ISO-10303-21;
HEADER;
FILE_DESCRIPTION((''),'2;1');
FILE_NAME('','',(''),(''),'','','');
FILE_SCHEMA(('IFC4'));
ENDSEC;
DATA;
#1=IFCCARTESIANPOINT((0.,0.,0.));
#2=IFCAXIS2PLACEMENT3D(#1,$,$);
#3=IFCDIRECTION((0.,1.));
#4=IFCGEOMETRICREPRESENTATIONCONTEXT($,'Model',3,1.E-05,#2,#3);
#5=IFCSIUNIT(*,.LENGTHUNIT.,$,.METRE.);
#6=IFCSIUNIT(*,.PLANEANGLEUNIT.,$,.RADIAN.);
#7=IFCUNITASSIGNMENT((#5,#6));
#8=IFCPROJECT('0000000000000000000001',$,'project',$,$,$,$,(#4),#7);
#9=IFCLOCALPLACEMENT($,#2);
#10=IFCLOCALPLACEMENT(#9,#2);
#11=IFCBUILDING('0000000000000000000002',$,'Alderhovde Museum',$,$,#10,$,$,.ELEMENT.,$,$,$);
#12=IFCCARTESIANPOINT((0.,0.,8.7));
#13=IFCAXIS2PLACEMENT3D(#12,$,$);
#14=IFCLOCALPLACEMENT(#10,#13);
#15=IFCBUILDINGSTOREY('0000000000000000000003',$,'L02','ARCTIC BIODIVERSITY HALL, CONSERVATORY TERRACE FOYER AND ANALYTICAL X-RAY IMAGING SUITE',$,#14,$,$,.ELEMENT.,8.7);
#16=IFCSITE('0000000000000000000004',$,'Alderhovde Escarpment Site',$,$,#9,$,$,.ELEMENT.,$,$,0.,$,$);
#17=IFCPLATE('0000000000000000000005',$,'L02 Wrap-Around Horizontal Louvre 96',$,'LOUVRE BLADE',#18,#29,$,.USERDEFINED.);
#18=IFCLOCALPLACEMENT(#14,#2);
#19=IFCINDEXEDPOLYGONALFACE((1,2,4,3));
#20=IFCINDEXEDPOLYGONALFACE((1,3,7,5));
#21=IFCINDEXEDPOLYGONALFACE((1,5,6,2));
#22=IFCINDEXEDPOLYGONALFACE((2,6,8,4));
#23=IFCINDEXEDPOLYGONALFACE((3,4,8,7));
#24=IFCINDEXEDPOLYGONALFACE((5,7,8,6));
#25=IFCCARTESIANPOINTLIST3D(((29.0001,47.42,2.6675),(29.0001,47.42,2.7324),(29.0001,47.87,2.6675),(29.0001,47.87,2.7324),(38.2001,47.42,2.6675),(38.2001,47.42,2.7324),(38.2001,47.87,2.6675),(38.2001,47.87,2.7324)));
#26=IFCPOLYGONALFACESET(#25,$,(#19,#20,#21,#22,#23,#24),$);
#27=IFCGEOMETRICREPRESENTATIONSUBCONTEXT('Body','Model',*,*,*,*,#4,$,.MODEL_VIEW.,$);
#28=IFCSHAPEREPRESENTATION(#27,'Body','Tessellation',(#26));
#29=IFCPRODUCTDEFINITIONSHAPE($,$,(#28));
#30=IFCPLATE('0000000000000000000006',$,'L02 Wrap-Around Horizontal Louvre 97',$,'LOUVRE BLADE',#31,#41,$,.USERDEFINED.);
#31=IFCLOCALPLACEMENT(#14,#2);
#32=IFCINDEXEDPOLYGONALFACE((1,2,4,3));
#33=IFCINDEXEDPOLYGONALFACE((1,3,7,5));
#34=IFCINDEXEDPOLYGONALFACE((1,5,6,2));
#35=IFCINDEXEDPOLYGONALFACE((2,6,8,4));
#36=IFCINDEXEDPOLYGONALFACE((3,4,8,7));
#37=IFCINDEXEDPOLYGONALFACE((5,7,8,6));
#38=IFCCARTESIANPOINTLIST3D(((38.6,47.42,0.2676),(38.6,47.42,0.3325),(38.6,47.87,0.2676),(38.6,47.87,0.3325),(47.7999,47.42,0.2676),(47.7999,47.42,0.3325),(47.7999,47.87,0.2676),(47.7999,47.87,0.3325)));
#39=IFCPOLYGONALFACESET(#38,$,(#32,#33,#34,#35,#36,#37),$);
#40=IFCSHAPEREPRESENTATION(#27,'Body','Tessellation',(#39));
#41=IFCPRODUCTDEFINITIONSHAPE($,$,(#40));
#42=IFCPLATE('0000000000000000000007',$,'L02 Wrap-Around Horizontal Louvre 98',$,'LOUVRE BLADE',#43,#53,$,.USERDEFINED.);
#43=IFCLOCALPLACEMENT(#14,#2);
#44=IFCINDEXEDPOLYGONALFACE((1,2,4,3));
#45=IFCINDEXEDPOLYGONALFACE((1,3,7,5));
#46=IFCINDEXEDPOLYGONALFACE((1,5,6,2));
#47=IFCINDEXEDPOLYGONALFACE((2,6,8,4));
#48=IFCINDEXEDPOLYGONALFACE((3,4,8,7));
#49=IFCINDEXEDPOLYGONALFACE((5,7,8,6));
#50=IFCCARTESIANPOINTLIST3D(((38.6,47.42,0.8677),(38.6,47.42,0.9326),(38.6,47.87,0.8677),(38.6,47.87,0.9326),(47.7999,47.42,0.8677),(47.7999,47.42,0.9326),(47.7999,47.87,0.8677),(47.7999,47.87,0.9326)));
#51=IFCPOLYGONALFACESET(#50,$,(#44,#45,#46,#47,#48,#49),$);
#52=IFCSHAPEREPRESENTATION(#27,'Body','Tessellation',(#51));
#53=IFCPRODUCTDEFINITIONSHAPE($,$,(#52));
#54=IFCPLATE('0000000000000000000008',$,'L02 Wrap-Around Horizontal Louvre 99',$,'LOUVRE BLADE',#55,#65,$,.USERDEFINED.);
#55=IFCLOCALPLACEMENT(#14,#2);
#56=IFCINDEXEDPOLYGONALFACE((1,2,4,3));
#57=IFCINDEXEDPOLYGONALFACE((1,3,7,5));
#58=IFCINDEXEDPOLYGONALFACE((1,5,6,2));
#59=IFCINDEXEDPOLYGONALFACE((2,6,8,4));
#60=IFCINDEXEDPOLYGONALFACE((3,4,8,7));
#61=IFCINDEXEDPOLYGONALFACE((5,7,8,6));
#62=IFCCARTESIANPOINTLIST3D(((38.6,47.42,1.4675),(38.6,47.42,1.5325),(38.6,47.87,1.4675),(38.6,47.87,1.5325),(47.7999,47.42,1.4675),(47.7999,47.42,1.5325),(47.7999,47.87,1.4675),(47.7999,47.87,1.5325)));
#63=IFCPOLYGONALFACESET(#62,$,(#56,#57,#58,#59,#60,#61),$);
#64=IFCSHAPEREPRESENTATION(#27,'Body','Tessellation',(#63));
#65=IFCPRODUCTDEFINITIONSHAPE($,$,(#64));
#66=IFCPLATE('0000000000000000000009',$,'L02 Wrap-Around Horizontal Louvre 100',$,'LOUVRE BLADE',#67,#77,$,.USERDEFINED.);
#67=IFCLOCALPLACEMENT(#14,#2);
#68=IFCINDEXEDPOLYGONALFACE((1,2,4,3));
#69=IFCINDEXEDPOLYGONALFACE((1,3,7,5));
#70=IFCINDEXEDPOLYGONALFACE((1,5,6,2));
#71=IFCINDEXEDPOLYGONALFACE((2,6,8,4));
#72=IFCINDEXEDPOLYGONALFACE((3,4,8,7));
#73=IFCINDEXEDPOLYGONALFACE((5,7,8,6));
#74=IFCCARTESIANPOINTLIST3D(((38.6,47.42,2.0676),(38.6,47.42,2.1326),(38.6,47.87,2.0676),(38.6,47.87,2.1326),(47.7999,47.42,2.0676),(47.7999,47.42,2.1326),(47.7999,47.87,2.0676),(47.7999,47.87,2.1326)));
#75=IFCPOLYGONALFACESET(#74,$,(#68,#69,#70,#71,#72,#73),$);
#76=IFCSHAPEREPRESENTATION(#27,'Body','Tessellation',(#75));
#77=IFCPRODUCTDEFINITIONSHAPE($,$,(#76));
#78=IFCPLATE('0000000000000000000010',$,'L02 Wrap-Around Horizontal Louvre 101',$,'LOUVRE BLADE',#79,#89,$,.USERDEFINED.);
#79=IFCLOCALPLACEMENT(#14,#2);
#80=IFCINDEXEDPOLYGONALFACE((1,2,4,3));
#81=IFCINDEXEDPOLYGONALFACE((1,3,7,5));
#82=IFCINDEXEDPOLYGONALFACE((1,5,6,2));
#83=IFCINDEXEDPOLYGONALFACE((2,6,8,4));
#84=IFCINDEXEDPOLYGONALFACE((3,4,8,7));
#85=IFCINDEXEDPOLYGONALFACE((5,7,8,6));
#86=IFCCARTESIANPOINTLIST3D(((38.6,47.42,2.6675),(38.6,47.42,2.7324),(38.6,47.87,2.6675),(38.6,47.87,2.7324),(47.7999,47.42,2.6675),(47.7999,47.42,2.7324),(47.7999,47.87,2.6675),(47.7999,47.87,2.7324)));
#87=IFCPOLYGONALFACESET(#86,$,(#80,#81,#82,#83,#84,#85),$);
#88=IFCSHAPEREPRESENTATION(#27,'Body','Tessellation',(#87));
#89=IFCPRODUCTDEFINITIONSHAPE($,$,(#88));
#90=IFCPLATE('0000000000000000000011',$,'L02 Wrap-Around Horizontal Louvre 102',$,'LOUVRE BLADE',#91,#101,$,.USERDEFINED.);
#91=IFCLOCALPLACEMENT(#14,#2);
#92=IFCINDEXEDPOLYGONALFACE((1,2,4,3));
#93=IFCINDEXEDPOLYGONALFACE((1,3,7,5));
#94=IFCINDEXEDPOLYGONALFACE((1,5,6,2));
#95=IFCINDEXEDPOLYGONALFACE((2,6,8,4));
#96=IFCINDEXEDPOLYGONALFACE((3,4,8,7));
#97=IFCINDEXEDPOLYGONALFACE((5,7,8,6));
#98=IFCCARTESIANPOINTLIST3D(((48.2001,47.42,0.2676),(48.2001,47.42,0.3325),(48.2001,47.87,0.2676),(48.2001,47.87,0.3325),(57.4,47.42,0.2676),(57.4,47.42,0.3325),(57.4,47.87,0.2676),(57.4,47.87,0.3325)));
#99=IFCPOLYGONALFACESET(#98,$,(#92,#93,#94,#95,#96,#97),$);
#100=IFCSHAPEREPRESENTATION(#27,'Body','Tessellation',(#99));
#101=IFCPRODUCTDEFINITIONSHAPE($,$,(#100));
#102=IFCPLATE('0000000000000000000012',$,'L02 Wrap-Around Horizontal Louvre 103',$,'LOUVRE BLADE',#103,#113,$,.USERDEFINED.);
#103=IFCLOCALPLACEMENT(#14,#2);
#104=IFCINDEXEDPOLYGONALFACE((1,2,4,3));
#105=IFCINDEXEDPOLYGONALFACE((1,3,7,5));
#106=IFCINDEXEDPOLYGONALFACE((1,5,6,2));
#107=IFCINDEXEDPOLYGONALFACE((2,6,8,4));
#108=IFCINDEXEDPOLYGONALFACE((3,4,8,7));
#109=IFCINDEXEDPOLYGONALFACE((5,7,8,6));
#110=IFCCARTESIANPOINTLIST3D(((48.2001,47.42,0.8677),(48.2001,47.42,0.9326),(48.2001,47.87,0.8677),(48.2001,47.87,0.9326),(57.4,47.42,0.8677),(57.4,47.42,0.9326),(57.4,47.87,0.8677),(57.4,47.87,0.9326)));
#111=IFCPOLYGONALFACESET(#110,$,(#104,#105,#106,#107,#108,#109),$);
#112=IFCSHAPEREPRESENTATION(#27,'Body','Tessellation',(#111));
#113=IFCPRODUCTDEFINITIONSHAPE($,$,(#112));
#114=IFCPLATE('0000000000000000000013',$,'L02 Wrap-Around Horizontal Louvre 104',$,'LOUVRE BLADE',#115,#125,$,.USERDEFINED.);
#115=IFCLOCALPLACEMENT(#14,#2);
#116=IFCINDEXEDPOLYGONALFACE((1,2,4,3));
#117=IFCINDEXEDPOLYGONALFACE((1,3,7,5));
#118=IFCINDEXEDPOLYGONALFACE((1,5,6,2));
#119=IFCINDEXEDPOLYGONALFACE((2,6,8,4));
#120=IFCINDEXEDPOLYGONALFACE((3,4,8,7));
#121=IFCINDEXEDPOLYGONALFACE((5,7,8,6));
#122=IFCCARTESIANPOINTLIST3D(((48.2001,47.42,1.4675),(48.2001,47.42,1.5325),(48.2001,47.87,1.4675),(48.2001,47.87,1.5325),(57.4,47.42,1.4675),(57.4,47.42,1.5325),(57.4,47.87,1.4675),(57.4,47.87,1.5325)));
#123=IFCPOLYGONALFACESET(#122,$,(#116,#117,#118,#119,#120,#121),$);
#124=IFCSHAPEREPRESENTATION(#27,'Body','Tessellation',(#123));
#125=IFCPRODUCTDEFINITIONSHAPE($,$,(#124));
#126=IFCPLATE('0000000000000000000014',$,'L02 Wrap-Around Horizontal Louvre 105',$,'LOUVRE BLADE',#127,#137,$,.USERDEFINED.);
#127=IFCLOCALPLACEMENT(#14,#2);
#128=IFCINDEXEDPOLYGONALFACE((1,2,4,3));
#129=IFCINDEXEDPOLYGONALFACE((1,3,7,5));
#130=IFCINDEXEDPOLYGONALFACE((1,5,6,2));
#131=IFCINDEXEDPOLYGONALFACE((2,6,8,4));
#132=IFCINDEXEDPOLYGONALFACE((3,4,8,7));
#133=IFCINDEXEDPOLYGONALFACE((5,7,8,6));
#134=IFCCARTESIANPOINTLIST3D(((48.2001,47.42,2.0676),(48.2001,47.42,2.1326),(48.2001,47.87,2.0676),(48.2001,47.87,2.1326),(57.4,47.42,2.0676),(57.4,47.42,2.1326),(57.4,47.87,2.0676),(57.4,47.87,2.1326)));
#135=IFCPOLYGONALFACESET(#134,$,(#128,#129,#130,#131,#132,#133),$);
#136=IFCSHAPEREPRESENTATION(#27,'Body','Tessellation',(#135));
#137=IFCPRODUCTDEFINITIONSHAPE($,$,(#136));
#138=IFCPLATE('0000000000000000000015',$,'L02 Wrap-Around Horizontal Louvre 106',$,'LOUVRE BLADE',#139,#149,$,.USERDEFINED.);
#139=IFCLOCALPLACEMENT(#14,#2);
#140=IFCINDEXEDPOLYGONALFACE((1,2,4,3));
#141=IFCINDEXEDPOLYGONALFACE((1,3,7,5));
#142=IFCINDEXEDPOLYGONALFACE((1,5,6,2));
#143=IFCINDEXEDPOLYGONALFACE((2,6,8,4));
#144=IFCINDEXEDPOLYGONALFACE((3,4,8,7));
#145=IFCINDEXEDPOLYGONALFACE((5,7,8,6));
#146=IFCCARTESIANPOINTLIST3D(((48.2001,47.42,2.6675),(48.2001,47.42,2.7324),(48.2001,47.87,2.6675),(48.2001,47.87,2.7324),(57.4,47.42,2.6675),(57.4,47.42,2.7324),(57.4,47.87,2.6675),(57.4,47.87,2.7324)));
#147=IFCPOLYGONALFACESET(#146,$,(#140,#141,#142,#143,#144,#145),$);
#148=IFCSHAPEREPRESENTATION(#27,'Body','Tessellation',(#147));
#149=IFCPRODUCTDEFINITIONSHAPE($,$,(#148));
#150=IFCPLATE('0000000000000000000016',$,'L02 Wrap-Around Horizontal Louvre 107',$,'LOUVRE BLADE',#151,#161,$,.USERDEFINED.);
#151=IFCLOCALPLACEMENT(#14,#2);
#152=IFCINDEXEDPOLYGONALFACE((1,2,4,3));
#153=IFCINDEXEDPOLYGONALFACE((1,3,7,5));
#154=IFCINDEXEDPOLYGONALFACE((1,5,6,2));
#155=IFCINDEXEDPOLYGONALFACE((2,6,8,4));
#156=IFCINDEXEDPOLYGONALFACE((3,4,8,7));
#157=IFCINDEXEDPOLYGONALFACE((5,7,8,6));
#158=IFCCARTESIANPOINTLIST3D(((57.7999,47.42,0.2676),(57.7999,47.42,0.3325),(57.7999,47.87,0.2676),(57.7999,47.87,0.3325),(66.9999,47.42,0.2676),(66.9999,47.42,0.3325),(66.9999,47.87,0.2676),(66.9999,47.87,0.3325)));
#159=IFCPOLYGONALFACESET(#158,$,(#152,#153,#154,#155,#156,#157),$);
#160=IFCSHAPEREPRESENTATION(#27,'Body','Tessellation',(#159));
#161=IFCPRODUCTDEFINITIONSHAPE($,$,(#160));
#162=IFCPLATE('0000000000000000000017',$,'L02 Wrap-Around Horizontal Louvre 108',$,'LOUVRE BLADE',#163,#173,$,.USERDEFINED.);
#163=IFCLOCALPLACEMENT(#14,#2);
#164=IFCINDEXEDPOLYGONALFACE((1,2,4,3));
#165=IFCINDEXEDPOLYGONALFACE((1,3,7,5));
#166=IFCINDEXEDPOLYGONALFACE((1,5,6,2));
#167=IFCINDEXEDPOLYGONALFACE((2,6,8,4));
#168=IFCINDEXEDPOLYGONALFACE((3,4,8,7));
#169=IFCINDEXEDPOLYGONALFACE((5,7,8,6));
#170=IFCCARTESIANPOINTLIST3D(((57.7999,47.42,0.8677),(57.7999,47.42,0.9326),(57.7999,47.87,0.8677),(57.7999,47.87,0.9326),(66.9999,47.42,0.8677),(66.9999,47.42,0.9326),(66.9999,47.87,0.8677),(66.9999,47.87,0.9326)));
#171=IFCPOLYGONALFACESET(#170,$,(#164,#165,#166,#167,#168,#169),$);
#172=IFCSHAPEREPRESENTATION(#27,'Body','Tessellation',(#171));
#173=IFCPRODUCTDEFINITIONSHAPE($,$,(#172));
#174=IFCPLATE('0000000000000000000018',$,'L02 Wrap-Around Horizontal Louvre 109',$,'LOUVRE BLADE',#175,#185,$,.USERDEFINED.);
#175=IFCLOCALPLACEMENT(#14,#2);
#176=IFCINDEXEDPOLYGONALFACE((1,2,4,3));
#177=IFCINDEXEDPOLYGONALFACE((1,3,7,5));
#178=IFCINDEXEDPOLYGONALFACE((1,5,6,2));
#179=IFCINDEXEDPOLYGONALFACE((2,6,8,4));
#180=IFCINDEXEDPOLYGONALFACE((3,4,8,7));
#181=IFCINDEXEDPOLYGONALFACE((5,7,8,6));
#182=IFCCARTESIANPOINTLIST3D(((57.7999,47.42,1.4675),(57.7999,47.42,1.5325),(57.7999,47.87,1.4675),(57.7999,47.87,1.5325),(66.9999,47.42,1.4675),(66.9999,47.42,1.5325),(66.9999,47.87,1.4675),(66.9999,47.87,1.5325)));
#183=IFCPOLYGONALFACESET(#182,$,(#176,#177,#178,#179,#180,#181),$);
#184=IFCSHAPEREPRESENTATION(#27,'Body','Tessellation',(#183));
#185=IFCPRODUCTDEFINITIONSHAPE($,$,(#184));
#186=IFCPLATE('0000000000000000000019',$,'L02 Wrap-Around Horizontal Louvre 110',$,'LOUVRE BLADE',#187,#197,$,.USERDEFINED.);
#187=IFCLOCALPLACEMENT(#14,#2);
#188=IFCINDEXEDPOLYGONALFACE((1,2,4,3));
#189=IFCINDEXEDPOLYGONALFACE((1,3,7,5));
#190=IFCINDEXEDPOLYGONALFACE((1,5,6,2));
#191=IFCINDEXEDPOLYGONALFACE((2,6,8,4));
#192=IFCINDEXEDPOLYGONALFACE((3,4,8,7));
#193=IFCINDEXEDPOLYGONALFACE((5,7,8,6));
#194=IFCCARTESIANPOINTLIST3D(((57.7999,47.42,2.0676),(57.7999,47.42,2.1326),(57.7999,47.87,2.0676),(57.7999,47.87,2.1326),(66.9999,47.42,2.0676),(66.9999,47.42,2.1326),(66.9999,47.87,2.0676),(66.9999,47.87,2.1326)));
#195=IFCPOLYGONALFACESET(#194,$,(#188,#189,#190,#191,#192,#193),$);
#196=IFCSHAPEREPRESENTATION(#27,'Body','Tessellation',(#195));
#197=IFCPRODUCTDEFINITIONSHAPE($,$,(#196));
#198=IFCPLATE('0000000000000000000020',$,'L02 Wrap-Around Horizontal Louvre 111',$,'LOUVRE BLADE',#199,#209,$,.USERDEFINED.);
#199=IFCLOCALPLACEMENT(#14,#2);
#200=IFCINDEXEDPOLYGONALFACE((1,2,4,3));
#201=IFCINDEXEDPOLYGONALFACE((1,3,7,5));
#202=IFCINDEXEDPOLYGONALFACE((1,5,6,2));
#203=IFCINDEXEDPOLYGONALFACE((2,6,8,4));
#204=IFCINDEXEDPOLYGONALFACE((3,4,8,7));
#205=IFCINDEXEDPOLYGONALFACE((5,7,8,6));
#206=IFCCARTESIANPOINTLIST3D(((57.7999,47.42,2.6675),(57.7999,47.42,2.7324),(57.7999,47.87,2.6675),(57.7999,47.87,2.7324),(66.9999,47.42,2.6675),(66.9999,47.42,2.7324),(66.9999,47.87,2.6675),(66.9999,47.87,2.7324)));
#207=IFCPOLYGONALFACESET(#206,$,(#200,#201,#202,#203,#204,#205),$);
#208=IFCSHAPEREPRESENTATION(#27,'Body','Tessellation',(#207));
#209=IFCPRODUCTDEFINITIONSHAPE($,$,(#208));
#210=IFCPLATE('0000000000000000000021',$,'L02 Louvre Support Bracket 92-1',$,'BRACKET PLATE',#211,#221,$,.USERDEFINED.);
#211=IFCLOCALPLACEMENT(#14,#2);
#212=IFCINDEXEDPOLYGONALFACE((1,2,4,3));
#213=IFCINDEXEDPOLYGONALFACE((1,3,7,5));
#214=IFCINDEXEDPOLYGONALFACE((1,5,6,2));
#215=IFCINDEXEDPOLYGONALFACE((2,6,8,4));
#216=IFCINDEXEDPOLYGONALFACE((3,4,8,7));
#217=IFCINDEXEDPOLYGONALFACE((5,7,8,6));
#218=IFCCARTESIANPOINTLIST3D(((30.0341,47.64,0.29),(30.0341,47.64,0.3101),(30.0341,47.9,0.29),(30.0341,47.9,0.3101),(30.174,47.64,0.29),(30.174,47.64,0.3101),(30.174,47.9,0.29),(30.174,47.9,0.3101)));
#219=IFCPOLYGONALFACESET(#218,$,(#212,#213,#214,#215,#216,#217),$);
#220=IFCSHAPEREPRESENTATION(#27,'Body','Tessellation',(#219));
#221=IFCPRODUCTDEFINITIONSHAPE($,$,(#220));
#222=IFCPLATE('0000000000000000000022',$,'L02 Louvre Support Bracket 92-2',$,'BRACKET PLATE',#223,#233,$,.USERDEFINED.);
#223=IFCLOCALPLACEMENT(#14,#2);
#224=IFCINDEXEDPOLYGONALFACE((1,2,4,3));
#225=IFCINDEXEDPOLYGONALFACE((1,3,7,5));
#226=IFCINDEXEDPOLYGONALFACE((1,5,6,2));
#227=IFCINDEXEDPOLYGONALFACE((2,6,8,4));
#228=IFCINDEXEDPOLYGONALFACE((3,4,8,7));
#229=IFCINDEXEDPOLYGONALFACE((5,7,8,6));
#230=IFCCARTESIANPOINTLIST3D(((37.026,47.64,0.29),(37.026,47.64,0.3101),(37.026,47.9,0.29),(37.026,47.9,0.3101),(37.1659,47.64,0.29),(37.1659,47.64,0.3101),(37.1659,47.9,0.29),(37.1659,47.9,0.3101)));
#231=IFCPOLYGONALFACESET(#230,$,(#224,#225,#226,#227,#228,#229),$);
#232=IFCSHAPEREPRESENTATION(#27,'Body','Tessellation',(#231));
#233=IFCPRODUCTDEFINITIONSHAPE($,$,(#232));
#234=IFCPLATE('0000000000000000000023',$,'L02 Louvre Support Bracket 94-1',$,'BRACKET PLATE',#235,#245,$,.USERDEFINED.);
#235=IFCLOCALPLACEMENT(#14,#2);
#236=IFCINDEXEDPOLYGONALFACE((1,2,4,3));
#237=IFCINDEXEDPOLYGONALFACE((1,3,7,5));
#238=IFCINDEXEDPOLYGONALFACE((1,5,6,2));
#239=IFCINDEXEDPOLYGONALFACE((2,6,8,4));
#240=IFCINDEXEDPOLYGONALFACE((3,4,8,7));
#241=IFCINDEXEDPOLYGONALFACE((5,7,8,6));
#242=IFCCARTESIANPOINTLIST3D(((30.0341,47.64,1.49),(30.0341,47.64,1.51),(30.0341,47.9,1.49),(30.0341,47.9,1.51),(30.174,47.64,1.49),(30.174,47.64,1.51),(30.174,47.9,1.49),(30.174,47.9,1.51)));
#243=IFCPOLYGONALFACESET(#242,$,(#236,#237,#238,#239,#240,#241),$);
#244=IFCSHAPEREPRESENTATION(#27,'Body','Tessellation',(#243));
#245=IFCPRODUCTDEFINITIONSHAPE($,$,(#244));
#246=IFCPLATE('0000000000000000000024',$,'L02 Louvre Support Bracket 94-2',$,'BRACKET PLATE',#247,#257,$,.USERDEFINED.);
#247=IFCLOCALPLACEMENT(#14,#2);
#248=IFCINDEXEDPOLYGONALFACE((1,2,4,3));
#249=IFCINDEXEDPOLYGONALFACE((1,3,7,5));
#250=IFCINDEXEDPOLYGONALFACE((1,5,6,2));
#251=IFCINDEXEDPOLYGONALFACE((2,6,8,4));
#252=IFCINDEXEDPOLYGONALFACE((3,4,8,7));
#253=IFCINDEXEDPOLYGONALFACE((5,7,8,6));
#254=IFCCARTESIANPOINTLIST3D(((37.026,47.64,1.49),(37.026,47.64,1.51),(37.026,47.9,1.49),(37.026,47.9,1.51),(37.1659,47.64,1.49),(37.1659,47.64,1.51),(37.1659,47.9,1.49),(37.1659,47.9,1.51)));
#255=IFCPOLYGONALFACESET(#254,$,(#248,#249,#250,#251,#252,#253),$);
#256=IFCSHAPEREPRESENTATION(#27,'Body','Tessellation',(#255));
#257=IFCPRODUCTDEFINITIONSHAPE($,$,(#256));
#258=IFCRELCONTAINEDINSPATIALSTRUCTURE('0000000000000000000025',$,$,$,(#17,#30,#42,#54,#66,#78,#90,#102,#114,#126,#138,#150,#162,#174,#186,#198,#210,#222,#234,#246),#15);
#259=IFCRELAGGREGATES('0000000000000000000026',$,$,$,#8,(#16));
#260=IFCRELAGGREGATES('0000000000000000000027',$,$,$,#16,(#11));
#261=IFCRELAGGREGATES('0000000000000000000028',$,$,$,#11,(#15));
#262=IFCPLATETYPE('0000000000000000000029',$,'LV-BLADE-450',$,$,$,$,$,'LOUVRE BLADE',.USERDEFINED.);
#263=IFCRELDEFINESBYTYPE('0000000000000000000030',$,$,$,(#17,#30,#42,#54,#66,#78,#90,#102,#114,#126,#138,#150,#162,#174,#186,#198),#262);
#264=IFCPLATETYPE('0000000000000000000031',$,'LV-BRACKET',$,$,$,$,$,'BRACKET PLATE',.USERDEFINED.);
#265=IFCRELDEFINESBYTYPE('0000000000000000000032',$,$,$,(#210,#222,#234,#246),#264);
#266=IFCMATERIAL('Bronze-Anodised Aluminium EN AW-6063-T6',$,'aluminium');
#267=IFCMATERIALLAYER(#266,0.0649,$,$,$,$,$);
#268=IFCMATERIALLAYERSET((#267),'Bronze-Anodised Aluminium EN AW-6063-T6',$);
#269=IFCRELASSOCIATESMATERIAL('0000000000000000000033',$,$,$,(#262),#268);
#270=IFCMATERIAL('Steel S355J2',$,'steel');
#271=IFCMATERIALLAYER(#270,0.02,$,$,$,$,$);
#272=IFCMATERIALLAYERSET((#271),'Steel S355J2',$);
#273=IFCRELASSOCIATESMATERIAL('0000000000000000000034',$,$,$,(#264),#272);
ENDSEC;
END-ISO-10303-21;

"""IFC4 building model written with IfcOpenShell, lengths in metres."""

from ifc_helpers import new_model, si_unit, direction, frame, origin, origin_2d, place, context, subcontext, project, spatial, rectangle, extrude, material, layer, layer_set, type_object, element, save


model = new_model("IFC4")

# Units and contexts
model_context = context("Model", 3, precision=1e-05, world=origin(), true_north=direction((0.0, 1.0)))
body_context = subcontext(model_context, "Body", "Model", "MODEL_VIEW")
ifc_project = project(units=[si_unit("LENGTHUNIT", "METRE"), si_unit("PLANEANGLEUNIT", "RADIAN")], contexts=[model_context])

# Site, building, storey
site_placement = place(None, origin())
site = spatial("IfcSite", under=ifc_project, at=site_placement, Name="Alderhovde Escarpment Site", CompositionType="ELEMENT", RefElevation=0.0)
building_placement = place(site_placement, origin())
building = spatial("IfcBuilding", under=site, at=building_placement, Name="Alderhovde Museum", CompositionType="ELEMENT")
storey_placement = place(building_placement, frame((0.0, 0.0, 8.7)))
storey = spatial("IfcBuildingStorey", under=building, at=storey_placement, Name="L02", Description="ARCTIC BIODIVERSITY HALL, CONSERVATORY TERRACE FOYER AND ANALYTICAL X-RAY IMAGING SUITE", CompositionType="ELEMENT", Elevation=8.7)

# Plates
ifc_material_1 = material(Name="Bronze-Anodised Aluminium EN AW-6063-T6", Category="aluminium")
ifc_layer_1 = layer(ifc_material_1, 0.0649)
ifc_layer_set_1 = layer_set([ifc_layer_1], Name="Bronze-Anodised Aluminium EN AW-6063-T6")
plate_type_1 = type_object("IfcPlateType", Name="LV-BLADE-450", ElementType="LOUVRE BLADE", PredefinedType="USERDEFINED", material=ifc_layer_set_1)
for number, where, z_axis, x_axis, name in (
    (1, (33.6001, 47.645, 2.6675), (0.0, 0.0, 1.0), (1.0, 0.0, 0.0), "L02 Wrap-Around Horizontal Louvre 96"),
    (2, (43.2, 47.645, 0.2676), (0.0, 0.0, 1.0), (1.0, 0.0, 0.0), "L02 Wrap-Around Horizontal Louvre 97"),
    (3, (43.2, 47.645, 0.8677), (0.0, 0.0, 1.0), (1.0, 0.0, 0.0), "L02 Wrap-Around Horizontal Louvre 98"),
    (4, (43.2, 47.645, 1.4675), (0.0, 0.0, 1.0), (1.0, 0.0, 0.0), "L02 Wrap-Around Horizontal Louvre 99"),
    (5, (43.2, 47.645, 2.0676), (0.0, 0.0, 1.0), (1.0, 0.0, 0.0), "L02 Wrap-Around Horizontal Louvre 100"),
    (6, (43.2, 47.645, 2.6675), (0.0, 0.0, 1.0), (1.0, 0.0, 0.0), "L02 Wrap-Around Horizontal Louvre 101"),
    (7, (52.8, 47.645, 0.2676), (0.0, 0.0, 1.0), (1.0, 0.0, 0.0), "L02 Wrap-Around Horizontal Louvre 102"),
    (8, (52.8, 47.645, 0.8677), (0.0, 0.0, 1.0), (1.0, 0.0, 0.0), "L02 Wrap-Around Horizontal Louvre 103"),
    (9, (52.8, 47.645, 1.4675), (0.0, 0.0, 1.0), (1.0, 0.0, 0.0), "L02 Wrap-Around Horizontal Louvre 104"),
    (10, (52.8, 47.645, 2.0676), (0.0, 0.0, 1.0), (1.0, 0.0, 0.0), "L02 Wrap-Around Horizontal Louvre 105"),
    (11, (52.8, 47.645, 2.6675), (0.0, 0.0, 1.0), (1.0, 0.0, 0.0), "L02 Wrap-Around Horizontal Louvre 106"),
    (12, (62.3999, 47.645, 0.2676), (0.0, 0.0, 1.0), (1.0, 0.0, 0.0), "L02 Wrap-Around Horizontal Louvre 107"),
    (13, (62.3999, 47.645, 0.8677), (0.0, 0.0, 1.0), (1.0, 0.0, 0.0), "L02 Wrap-Around Horizontal Louvre 108"),
    (14, (62.3999, 47.645, 1.4675), (0.0, 0.0, 1.0), (1.0, 0.0, 0.0), "L02 Wrap-Around Horizontal Louvre 109"),
    (15, (62.3999, 47.645, 2.0676), (0.0, 0.0, 1.0), (1.0, 0.0, 0.0), "L02 Wrap-Around Horizontal Louvre 110"),
    (16, (62.3999, 47.645, 2.6675), (0.0, 0.0, 1.0), (1.0, 0.0, 0.0), "L02 Wrap-Around Horizontal Louvre 111"),
):
    element("IfcPlate", number, at=place(storey_placement, frame(where, z_axis=z_axis, x_axis=x_axis)), inside=storey, type_object=plate_type_1, Name=name, ObjectType="LOUVRE BLADE", PredefinedType="USERDEFINED", context=body_context, shape_type="SweptSolid", body=[
        extrude(rectangle(XDim=9.2, YDim=0.45, at=origin_2d()), origin(), (0.0, 0.0, 1.0), 0.0649),
    ])
ifc_material_2 = material(Name="Steel S355J2", Category="steel")
ifc_layer_2 = layer(ifc_material_2, 0.02)
ifc_layer_set_2 = layer_set([ifc_layer_2], Name="Steel S355J2")
plate_type_2 = type_object("IfcPlateType", Name="LV-BRACKET", ElementType="BRACKET PLATE", PredefinedType="USERDEFINED", material=ifc_layer_set_2)
for number, where, z_axis, x_axis, name in (
    (17, (30.104, 47.77, 0.29), (0.0, 0.0, 1.0), (1.0, 0.0, 0.0), "L02 Louvre Support Bracket 92-1"),
    (18, (37.0959, 47.77, 0.29), (0.0, 0.0, 1.0), (1.0, 0.0, 0.0), "L02 Louvre Support Bracket 92-2"),
    (19, (30.104, 47.77, 1.49), (0.0, 0.0, 1.0), (1.0, 0.0, 0.0), "L02 Louvre Support Bracket 94-1"),
    (20, (37.0959, 47.77, 1.49), (0.0, 0.0, 1.0), (1.0, 0.0, 0.0), "L02 Louvre Support Bracket 94-2"),
):
    element("IfcPlate", number, at=place(storey_placement, frame(where, z_axis=z_axis, x_axis=x_axis)), inside=storey, type_object=plate_type_2, Name=name, ObjectType="BRACKET PLATE", PredefinedType="USERDEFINED", context=body_context, shape_type="SweptSolid", body=[
        extrude(rectangle(XDim=0.1399, YDim=0.26, at=origin_2d()), origin(), (0.0, 0.0, 1.0), 0.02),
    ])

save(model, "model.ifc")
